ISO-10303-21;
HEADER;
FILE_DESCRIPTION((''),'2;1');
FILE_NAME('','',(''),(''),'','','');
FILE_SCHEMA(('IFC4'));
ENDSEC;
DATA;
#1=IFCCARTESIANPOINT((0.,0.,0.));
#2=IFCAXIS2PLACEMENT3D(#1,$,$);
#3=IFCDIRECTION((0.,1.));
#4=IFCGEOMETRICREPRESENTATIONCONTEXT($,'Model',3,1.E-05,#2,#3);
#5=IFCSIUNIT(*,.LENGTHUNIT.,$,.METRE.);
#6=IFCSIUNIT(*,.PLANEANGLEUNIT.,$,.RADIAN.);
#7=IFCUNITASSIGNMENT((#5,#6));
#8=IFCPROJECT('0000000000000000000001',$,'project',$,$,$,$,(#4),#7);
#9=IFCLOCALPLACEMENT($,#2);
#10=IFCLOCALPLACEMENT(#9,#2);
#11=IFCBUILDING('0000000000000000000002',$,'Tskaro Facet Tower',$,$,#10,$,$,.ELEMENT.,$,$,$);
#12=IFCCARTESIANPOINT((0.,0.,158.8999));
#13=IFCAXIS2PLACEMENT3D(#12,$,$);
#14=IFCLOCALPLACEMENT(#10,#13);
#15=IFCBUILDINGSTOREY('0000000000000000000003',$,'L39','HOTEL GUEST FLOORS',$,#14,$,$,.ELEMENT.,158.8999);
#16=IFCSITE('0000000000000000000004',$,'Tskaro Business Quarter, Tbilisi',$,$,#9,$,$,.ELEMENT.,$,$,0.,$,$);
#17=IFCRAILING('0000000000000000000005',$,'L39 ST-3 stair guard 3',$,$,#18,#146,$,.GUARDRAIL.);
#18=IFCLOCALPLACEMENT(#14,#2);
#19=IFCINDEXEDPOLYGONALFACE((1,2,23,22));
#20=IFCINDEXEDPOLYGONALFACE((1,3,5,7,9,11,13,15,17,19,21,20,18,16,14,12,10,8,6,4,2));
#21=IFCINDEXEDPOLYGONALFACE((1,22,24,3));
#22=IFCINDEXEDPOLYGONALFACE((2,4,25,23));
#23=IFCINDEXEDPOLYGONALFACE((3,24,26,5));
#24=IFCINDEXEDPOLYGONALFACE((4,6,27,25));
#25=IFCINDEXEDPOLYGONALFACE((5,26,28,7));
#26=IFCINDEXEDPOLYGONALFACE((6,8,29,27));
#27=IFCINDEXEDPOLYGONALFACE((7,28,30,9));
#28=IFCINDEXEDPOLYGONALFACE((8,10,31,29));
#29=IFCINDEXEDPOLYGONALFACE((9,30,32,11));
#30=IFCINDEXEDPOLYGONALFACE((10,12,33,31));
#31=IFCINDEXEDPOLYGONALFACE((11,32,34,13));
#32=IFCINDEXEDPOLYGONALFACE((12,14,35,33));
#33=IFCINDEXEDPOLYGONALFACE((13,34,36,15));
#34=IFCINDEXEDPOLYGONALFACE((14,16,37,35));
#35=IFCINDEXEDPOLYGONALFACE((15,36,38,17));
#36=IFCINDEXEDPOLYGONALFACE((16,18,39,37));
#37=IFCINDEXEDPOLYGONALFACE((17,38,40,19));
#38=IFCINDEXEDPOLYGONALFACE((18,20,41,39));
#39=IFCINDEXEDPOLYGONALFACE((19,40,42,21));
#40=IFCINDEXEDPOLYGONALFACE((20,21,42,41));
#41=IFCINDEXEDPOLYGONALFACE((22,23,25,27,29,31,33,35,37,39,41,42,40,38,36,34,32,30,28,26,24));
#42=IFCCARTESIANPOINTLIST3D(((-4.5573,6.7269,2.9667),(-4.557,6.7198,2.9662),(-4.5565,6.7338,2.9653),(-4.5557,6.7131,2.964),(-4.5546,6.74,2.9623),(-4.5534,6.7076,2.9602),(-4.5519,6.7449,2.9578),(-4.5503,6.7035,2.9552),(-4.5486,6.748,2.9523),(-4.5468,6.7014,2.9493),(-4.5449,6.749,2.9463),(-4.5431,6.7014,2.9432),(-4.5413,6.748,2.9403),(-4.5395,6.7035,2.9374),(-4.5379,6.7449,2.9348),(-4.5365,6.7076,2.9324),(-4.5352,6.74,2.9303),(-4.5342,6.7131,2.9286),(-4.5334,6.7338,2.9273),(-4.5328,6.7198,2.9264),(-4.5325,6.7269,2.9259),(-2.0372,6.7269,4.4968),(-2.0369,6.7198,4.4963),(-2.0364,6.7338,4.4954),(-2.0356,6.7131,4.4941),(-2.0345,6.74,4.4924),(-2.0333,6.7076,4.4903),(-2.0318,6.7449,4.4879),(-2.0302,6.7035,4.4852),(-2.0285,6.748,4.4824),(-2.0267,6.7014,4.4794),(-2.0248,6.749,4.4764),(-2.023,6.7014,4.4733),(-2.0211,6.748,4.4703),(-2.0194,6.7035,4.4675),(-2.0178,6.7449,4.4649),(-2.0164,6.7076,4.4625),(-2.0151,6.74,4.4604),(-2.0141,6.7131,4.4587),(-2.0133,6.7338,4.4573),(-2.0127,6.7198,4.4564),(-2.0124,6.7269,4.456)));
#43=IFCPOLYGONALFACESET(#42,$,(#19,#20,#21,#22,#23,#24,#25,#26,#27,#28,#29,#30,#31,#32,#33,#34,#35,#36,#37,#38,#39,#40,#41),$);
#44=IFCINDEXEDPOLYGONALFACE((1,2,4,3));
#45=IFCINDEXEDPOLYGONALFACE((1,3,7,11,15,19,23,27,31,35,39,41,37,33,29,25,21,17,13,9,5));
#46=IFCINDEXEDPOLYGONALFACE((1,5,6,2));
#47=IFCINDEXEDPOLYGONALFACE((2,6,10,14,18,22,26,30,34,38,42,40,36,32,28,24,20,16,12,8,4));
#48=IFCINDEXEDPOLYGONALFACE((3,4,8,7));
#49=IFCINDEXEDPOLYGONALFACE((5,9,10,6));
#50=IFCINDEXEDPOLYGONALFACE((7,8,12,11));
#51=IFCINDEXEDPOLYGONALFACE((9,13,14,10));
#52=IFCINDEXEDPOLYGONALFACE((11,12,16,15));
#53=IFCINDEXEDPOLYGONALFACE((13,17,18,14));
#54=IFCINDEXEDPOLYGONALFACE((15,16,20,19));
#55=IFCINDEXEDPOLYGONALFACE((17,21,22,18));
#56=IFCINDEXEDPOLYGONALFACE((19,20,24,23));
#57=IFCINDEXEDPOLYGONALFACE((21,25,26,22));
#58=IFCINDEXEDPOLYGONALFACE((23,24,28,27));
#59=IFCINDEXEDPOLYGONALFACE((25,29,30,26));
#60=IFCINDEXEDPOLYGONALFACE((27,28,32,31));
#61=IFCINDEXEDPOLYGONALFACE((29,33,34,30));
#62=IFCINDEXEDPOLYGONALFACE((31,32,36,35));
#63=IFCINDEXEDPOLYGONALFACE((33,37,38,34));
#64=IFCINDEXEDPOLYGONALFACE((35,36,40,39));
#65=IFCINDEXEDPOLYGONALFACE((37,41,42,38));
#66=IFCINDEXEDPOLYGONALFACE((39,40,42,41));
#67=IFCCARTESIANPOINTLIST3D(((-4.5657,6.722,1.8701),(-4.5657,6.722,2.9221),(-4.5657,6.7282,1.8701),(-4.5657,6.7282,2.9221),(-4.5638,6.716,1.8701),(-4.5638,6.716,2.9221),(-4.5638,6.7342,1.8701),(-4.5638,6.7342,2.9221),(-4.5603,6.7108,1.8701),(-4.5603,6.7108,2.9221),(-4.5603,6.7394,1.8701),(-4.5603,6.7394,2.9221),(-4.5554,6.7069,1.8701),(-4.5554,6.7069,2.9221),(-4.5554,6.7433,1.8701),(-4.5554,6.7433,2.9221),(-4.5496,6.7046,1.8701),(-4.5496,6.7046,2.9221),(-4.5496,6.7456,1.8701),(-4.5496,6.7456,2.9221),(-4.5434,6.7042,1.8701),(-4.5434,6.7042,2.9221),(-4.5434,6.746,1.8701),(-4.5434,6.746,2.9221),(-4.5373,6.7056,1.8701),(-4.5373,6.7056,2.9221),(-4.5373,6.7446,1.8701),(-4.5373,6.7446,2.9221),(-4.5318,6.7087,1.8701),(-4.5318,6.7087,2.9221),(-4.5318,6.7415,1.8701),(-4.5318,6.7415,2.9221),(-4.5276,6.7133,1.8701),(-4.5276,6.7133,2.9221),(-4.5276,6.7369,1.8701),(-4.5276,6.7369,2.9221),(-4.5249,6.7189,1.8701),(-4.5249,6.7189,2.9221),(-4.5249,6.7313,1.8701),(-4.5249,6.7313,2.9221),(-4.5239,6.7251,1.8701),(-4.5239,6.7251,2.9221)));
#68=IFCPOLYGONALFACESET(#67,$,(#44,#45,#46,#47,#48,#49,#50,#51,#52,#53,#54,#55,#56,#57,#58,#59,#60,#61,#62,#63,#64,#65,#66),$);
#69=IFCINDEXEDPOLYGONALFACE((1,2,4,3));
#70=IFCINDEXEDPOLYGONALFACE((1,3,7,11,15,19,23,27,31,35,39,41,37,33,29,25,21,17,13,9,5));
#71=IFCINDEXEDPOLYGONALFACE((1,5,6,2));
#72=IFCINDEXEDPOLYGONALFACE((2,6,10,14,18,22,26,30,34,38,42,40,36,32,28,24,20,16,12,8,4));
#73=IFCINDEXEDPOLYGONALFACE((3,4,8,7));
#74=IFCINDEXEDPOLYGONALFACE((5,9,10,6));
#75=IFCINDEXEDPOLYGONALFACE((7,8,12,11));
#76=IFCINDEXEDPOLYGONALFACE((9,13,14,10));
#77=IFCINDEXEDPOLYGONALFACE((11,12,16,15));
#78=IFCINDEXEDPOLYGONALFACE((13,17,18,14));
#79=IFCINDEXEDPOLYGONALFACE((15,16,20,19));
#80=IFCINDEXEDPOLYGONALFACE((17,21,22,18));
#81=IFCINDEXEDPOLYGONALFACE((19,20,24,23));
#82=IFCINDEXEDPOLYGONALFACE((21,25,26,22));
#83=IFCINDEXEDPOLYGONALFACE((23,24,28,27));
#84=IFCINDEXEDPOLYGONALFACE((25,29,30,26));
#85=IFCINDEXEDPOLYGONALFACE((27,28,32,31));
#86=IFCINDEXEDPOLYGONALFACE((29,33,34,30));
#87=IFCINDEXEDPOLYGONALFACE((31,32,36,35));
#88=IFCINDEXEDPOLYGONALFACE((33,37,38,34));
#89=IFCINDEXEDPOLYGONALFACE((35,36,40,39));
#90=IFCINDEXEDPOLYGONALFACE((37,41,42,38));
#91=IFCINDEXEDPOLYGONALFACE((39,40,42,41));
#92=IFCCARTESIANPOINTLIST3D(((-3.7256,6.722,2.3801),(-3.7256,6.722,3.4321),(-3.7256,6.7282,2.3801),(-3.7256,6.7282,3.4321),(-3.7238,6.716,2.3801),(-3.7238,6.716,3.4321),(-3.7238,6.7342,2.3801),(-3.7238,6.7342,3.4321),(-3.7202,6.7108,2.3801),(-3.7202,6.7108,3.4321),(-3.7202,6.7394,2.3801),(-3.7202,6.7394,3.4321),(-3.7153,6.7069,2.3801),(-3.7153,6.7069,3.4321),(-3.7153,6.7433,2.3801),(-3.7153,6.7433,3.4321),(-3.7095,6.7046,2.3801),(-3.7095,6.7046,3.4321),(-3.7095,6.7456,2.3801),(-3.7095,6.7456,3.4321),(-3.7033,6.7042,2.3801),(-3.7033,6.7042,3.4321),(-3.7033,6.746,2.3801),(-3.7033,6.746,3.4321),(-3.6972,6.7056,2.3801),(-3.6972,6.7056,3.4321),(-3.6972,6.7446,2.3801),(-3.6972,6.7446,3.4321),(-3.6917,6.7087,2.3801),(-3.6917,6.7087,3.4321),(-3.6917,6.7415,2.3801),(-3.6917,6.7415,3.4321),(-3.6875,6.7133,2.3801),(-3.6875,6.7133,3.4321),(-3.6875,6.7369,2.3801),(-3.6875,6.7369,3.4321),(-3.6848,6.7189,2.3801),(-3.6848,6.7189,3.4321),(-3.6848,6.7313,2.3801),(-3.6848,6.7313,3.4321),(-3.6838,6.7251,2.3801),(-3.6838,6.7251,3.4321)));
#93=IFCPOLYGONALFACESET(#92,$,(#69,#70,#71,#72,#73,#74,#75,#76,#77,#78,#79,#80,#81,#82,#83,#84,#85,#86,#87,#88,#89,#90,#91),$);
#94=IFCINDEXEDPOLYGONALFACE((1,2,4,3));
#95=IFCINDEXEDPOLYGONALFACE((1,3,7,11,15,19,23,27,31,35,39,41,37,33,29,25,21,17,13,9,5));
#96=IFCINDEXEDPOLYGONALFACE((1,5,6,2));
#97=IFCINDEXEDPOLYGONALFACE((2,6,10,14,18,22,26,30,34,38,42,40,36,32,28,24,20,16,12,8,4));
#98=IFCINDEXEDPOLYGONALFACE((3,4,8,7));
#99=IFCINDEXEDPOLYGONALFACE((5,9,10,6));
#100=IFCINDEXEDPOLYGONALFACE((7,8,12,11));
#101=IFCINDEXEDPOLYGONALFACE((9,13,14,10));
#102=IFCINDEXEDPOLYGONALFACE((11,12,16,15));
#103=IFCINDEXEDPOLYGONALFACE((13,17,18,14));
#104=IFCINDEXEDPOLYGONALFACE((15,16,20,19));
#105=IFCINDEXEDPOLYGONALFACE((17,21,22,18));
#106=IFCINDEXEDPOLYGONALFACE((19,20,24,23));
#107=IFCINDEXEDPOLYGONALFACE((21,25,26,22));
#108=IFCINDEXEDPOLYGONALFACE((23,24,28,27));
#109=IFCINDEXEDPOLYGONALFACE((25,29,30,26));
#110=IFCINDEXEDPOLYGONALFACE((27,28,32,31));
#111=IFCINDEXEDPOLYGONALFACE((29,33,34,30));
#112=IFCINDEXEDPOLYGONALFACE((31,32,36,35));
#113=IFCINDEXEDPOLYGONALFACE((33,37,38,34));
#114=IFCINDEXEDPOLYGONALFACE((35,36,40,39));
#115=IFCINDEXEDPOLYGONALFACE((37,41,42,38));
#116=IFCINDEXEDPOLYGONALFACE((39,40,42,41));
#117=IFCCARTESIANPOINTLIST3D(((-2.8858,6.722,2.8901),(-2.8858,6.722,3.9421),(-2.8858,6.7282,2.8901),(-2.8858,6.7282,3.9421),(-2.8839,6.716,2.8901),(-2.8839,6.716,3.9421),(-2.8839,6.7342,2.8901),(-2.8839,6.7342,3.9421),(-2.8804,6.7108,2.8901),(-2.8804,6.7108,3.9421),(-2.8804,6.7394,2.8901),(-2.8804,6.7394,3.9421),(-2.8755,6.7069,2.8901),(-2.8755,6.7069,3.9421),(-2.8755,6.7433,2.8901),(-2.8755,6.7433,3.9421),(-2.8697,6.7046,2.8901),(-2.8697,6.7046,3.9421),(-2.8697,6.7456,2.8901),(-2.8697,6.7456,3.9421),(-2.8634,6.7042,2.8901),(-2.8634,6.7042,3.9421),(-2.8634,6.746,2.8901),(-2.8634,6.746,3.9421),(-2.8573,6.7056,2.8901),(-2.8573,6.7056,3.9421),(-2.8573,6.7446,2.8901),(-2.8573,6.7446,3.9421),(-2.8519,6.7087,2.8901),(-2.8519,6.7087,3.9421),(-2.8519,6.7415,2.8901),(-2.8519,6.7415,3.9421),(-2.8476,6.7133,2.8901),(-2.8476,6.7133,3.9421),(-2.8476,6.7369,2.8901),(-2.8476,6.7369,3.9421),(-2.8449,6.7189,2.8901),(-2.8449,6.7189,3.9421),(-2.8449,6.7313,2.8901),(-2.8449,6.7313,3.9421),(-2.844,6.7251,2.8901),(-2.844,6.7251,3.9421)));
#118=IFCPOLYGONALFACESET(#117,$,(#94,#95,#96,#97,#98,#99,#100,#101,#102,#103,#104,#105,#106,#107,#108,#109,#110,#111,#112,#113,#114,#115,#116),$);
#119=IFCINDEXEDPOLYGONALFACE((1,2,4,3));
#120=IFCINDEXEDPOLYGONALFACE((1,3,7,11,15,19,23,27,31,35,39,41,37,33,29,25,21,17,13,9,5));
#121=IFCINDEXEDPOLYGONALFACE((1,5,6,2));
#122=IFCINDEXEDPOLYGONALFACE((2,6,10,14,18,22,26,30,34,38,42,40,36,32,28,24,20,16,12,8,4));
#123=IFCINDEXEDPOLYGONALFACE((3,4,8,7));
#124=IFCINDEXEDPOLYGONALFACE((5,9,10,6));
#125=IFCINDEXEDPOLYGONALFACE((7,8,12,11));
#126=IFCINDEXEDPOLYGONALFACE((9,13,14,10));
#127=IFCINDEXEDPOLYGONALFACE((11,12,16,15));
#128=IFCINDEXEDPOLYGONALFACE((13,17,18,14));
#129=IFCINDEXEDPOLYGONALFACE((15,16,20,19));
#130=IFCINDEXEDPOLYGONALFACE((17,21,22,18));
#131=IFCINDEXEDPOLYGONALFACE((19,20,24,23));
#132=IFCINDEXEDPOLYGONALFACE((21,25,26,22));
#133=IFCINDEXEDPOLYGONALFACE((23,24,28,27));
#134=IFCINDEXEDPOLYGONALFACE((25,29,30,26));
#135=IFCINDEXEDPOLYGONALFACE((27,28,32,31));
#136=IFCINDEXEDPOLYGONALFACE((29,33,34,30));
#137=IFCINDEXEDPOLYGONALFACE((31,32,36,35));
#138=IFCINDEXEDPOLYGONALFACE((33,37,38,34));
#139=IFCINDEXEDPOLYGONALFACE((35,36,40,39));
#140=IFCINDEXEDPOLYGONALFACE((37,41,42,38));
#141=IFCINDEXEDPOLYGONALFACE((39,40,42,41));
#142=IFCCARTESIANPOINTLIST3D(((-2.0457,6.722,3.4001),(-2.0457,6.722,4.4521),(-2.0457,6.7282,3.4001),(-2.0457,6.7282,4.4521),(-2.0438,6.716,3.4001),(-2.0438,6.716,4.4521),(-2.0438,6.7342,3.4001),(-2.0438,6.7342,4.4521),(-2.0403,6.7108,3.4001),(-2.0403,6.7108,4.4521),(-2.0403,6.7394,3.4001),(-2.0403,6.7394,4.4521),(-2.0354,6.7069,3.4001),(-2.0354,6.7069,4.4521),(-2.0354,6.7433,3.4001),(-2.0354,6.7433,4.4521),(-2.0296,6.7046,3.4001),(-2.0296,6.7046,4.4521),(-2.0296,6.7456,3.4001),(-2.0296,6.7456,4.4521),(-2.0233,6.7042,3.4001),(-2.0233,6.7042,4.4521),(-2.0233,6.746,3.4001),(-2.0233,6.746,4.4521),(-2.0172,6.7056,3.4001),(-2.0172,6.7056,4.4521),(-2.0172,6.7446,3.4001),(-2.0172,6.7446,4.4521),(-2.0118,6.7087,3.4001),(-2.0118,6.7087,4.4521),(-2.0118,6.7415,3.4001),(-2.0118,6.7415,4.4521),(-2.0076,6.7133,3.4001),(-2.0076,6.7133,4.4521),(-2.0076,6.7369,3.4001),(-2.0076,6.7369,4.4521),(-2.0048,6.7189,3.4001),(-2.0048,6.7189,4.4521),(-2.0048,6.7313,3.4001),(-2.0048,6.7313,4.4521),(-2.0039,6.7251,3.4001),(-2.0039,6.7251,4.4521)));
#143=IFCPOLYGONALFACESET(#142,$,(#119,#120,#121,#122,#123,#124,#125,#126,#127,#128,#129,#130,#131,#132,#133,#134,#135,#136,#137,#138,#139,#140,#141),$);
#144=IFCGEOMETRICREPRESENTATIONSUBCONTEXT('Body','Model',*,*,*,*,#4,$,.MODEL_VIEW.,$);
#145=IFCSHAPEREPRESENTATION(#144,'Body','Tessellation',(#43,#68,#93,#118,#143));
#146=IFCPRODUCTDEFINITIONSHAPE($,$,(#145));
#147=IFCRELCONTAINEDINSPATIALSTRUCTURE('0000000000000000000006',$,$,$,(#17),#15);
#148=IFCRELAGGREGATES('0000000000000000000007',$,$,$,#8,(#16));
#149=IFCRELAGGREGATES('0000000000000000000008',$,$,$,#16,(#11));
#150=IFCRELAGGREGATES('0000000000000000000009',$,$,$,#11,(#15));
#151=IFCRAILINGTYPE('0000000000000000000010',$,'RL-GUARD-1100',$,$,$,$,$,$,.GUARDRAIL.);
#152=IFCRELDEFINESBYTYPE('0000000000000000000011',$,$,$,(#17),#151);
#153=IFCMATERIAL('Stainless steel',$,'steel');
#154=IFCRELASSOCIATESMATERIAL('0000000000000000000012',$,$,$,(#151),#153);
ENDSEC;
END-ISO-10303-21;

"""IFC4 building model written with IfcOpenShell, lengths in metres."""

from ifc_helpers import new_model, si_unit, direction, frame, origin, origin_2d, place, context, subcontext, project, spatial, circle, extrude, material, type_object, element, save


model = new_model("IFC4")

# Units and contexts
model_context = context("Model", 3, precision=1e-05, world=origin(), true_north=direction((0.0, 1.0)))
body_context = subcontext(model_context, "Body", "Model", "MODEL_VIEW")
ifc_project = project(units=[si_unit("LENGTHUNIT", "METRE"), si_unit("PLANEANGLEUNIT", "RADIAN")], contexts=[model_context])

# Site, building, storey
site_placement = place(None, origin())
site = spatial("IfcSite", under=ifc_project, at=site_placement, Name="Tskaro Business Quarter, Tbilisi", CompositionType="ELEMENT", RefElevation=0.0)
building_placement = place(site_placement, origin())
building = spatial("IfcBuilding", under=site, at=building_placement, Name="Tskaro Facet Tower", CompositionType="ELEMENT")
storey_placement = place(building_placement, frame((0.0, 0.0, 158.8999)))
storey = spatial("IfcBuildingStorey", under=building, at=storey_placement, Name="L39", Description="HOTEL GUEST FLOORS", CompositionType="ELEMENT", Elevation=158.8999)

# Railing
ifc_material_1 = material(Name="Stainless steel", Category="steel")
railing_type_1 = type_object("IfcRailingType", Name="RL-GUARD-1100", PredefinedType="GUARDRAIL", material=ifc_material_1)
railing_1_placement = place(storey_placement, frame((-4.5449, 6.7251, 1.8701)))
element("IfcRailing", 1, at=railing_1_placement, inside=storey, type_object=railing_type_1, Name="L39 ST-3 stair guard 3", PredefinedType="GUARDRAIL", context=body_context, shape_type="SweptSolid", body=[
    extrude(circle(Radius=0.0239, at=origin_2d()), frame((0.0, 0.0, 1.0762), z_axis=(0.854785, 0.0, 0.518982), x_axis=(0.0, 1.0, 0.0)), (0.0, 0.0, 1.0), 2.9482),
    extrude(circle(Radius=0.021, at=origin_2d()), origin(), (0.0, 0.0, 1.0), 1.052),
    extrude(circle(Radius=0.021, at=origin_2d()), frame((0.8401, 0.0, 0.51)), (0.0, 0.0, 1.0), 1.052),
    extrude(circle(Radius=0.021, at=origin_2d()), frame((1.6799, 0.0, 1.02)), (0.0, 0.0, 1.0), 1.052),
    extrude(circle(Radius=0.021, at=origin_2d()), frame((2.52, 0.0, 1.53)), (0.0, 0.0, 1.0), 1.052),
])

save(model, "model.ifc")
